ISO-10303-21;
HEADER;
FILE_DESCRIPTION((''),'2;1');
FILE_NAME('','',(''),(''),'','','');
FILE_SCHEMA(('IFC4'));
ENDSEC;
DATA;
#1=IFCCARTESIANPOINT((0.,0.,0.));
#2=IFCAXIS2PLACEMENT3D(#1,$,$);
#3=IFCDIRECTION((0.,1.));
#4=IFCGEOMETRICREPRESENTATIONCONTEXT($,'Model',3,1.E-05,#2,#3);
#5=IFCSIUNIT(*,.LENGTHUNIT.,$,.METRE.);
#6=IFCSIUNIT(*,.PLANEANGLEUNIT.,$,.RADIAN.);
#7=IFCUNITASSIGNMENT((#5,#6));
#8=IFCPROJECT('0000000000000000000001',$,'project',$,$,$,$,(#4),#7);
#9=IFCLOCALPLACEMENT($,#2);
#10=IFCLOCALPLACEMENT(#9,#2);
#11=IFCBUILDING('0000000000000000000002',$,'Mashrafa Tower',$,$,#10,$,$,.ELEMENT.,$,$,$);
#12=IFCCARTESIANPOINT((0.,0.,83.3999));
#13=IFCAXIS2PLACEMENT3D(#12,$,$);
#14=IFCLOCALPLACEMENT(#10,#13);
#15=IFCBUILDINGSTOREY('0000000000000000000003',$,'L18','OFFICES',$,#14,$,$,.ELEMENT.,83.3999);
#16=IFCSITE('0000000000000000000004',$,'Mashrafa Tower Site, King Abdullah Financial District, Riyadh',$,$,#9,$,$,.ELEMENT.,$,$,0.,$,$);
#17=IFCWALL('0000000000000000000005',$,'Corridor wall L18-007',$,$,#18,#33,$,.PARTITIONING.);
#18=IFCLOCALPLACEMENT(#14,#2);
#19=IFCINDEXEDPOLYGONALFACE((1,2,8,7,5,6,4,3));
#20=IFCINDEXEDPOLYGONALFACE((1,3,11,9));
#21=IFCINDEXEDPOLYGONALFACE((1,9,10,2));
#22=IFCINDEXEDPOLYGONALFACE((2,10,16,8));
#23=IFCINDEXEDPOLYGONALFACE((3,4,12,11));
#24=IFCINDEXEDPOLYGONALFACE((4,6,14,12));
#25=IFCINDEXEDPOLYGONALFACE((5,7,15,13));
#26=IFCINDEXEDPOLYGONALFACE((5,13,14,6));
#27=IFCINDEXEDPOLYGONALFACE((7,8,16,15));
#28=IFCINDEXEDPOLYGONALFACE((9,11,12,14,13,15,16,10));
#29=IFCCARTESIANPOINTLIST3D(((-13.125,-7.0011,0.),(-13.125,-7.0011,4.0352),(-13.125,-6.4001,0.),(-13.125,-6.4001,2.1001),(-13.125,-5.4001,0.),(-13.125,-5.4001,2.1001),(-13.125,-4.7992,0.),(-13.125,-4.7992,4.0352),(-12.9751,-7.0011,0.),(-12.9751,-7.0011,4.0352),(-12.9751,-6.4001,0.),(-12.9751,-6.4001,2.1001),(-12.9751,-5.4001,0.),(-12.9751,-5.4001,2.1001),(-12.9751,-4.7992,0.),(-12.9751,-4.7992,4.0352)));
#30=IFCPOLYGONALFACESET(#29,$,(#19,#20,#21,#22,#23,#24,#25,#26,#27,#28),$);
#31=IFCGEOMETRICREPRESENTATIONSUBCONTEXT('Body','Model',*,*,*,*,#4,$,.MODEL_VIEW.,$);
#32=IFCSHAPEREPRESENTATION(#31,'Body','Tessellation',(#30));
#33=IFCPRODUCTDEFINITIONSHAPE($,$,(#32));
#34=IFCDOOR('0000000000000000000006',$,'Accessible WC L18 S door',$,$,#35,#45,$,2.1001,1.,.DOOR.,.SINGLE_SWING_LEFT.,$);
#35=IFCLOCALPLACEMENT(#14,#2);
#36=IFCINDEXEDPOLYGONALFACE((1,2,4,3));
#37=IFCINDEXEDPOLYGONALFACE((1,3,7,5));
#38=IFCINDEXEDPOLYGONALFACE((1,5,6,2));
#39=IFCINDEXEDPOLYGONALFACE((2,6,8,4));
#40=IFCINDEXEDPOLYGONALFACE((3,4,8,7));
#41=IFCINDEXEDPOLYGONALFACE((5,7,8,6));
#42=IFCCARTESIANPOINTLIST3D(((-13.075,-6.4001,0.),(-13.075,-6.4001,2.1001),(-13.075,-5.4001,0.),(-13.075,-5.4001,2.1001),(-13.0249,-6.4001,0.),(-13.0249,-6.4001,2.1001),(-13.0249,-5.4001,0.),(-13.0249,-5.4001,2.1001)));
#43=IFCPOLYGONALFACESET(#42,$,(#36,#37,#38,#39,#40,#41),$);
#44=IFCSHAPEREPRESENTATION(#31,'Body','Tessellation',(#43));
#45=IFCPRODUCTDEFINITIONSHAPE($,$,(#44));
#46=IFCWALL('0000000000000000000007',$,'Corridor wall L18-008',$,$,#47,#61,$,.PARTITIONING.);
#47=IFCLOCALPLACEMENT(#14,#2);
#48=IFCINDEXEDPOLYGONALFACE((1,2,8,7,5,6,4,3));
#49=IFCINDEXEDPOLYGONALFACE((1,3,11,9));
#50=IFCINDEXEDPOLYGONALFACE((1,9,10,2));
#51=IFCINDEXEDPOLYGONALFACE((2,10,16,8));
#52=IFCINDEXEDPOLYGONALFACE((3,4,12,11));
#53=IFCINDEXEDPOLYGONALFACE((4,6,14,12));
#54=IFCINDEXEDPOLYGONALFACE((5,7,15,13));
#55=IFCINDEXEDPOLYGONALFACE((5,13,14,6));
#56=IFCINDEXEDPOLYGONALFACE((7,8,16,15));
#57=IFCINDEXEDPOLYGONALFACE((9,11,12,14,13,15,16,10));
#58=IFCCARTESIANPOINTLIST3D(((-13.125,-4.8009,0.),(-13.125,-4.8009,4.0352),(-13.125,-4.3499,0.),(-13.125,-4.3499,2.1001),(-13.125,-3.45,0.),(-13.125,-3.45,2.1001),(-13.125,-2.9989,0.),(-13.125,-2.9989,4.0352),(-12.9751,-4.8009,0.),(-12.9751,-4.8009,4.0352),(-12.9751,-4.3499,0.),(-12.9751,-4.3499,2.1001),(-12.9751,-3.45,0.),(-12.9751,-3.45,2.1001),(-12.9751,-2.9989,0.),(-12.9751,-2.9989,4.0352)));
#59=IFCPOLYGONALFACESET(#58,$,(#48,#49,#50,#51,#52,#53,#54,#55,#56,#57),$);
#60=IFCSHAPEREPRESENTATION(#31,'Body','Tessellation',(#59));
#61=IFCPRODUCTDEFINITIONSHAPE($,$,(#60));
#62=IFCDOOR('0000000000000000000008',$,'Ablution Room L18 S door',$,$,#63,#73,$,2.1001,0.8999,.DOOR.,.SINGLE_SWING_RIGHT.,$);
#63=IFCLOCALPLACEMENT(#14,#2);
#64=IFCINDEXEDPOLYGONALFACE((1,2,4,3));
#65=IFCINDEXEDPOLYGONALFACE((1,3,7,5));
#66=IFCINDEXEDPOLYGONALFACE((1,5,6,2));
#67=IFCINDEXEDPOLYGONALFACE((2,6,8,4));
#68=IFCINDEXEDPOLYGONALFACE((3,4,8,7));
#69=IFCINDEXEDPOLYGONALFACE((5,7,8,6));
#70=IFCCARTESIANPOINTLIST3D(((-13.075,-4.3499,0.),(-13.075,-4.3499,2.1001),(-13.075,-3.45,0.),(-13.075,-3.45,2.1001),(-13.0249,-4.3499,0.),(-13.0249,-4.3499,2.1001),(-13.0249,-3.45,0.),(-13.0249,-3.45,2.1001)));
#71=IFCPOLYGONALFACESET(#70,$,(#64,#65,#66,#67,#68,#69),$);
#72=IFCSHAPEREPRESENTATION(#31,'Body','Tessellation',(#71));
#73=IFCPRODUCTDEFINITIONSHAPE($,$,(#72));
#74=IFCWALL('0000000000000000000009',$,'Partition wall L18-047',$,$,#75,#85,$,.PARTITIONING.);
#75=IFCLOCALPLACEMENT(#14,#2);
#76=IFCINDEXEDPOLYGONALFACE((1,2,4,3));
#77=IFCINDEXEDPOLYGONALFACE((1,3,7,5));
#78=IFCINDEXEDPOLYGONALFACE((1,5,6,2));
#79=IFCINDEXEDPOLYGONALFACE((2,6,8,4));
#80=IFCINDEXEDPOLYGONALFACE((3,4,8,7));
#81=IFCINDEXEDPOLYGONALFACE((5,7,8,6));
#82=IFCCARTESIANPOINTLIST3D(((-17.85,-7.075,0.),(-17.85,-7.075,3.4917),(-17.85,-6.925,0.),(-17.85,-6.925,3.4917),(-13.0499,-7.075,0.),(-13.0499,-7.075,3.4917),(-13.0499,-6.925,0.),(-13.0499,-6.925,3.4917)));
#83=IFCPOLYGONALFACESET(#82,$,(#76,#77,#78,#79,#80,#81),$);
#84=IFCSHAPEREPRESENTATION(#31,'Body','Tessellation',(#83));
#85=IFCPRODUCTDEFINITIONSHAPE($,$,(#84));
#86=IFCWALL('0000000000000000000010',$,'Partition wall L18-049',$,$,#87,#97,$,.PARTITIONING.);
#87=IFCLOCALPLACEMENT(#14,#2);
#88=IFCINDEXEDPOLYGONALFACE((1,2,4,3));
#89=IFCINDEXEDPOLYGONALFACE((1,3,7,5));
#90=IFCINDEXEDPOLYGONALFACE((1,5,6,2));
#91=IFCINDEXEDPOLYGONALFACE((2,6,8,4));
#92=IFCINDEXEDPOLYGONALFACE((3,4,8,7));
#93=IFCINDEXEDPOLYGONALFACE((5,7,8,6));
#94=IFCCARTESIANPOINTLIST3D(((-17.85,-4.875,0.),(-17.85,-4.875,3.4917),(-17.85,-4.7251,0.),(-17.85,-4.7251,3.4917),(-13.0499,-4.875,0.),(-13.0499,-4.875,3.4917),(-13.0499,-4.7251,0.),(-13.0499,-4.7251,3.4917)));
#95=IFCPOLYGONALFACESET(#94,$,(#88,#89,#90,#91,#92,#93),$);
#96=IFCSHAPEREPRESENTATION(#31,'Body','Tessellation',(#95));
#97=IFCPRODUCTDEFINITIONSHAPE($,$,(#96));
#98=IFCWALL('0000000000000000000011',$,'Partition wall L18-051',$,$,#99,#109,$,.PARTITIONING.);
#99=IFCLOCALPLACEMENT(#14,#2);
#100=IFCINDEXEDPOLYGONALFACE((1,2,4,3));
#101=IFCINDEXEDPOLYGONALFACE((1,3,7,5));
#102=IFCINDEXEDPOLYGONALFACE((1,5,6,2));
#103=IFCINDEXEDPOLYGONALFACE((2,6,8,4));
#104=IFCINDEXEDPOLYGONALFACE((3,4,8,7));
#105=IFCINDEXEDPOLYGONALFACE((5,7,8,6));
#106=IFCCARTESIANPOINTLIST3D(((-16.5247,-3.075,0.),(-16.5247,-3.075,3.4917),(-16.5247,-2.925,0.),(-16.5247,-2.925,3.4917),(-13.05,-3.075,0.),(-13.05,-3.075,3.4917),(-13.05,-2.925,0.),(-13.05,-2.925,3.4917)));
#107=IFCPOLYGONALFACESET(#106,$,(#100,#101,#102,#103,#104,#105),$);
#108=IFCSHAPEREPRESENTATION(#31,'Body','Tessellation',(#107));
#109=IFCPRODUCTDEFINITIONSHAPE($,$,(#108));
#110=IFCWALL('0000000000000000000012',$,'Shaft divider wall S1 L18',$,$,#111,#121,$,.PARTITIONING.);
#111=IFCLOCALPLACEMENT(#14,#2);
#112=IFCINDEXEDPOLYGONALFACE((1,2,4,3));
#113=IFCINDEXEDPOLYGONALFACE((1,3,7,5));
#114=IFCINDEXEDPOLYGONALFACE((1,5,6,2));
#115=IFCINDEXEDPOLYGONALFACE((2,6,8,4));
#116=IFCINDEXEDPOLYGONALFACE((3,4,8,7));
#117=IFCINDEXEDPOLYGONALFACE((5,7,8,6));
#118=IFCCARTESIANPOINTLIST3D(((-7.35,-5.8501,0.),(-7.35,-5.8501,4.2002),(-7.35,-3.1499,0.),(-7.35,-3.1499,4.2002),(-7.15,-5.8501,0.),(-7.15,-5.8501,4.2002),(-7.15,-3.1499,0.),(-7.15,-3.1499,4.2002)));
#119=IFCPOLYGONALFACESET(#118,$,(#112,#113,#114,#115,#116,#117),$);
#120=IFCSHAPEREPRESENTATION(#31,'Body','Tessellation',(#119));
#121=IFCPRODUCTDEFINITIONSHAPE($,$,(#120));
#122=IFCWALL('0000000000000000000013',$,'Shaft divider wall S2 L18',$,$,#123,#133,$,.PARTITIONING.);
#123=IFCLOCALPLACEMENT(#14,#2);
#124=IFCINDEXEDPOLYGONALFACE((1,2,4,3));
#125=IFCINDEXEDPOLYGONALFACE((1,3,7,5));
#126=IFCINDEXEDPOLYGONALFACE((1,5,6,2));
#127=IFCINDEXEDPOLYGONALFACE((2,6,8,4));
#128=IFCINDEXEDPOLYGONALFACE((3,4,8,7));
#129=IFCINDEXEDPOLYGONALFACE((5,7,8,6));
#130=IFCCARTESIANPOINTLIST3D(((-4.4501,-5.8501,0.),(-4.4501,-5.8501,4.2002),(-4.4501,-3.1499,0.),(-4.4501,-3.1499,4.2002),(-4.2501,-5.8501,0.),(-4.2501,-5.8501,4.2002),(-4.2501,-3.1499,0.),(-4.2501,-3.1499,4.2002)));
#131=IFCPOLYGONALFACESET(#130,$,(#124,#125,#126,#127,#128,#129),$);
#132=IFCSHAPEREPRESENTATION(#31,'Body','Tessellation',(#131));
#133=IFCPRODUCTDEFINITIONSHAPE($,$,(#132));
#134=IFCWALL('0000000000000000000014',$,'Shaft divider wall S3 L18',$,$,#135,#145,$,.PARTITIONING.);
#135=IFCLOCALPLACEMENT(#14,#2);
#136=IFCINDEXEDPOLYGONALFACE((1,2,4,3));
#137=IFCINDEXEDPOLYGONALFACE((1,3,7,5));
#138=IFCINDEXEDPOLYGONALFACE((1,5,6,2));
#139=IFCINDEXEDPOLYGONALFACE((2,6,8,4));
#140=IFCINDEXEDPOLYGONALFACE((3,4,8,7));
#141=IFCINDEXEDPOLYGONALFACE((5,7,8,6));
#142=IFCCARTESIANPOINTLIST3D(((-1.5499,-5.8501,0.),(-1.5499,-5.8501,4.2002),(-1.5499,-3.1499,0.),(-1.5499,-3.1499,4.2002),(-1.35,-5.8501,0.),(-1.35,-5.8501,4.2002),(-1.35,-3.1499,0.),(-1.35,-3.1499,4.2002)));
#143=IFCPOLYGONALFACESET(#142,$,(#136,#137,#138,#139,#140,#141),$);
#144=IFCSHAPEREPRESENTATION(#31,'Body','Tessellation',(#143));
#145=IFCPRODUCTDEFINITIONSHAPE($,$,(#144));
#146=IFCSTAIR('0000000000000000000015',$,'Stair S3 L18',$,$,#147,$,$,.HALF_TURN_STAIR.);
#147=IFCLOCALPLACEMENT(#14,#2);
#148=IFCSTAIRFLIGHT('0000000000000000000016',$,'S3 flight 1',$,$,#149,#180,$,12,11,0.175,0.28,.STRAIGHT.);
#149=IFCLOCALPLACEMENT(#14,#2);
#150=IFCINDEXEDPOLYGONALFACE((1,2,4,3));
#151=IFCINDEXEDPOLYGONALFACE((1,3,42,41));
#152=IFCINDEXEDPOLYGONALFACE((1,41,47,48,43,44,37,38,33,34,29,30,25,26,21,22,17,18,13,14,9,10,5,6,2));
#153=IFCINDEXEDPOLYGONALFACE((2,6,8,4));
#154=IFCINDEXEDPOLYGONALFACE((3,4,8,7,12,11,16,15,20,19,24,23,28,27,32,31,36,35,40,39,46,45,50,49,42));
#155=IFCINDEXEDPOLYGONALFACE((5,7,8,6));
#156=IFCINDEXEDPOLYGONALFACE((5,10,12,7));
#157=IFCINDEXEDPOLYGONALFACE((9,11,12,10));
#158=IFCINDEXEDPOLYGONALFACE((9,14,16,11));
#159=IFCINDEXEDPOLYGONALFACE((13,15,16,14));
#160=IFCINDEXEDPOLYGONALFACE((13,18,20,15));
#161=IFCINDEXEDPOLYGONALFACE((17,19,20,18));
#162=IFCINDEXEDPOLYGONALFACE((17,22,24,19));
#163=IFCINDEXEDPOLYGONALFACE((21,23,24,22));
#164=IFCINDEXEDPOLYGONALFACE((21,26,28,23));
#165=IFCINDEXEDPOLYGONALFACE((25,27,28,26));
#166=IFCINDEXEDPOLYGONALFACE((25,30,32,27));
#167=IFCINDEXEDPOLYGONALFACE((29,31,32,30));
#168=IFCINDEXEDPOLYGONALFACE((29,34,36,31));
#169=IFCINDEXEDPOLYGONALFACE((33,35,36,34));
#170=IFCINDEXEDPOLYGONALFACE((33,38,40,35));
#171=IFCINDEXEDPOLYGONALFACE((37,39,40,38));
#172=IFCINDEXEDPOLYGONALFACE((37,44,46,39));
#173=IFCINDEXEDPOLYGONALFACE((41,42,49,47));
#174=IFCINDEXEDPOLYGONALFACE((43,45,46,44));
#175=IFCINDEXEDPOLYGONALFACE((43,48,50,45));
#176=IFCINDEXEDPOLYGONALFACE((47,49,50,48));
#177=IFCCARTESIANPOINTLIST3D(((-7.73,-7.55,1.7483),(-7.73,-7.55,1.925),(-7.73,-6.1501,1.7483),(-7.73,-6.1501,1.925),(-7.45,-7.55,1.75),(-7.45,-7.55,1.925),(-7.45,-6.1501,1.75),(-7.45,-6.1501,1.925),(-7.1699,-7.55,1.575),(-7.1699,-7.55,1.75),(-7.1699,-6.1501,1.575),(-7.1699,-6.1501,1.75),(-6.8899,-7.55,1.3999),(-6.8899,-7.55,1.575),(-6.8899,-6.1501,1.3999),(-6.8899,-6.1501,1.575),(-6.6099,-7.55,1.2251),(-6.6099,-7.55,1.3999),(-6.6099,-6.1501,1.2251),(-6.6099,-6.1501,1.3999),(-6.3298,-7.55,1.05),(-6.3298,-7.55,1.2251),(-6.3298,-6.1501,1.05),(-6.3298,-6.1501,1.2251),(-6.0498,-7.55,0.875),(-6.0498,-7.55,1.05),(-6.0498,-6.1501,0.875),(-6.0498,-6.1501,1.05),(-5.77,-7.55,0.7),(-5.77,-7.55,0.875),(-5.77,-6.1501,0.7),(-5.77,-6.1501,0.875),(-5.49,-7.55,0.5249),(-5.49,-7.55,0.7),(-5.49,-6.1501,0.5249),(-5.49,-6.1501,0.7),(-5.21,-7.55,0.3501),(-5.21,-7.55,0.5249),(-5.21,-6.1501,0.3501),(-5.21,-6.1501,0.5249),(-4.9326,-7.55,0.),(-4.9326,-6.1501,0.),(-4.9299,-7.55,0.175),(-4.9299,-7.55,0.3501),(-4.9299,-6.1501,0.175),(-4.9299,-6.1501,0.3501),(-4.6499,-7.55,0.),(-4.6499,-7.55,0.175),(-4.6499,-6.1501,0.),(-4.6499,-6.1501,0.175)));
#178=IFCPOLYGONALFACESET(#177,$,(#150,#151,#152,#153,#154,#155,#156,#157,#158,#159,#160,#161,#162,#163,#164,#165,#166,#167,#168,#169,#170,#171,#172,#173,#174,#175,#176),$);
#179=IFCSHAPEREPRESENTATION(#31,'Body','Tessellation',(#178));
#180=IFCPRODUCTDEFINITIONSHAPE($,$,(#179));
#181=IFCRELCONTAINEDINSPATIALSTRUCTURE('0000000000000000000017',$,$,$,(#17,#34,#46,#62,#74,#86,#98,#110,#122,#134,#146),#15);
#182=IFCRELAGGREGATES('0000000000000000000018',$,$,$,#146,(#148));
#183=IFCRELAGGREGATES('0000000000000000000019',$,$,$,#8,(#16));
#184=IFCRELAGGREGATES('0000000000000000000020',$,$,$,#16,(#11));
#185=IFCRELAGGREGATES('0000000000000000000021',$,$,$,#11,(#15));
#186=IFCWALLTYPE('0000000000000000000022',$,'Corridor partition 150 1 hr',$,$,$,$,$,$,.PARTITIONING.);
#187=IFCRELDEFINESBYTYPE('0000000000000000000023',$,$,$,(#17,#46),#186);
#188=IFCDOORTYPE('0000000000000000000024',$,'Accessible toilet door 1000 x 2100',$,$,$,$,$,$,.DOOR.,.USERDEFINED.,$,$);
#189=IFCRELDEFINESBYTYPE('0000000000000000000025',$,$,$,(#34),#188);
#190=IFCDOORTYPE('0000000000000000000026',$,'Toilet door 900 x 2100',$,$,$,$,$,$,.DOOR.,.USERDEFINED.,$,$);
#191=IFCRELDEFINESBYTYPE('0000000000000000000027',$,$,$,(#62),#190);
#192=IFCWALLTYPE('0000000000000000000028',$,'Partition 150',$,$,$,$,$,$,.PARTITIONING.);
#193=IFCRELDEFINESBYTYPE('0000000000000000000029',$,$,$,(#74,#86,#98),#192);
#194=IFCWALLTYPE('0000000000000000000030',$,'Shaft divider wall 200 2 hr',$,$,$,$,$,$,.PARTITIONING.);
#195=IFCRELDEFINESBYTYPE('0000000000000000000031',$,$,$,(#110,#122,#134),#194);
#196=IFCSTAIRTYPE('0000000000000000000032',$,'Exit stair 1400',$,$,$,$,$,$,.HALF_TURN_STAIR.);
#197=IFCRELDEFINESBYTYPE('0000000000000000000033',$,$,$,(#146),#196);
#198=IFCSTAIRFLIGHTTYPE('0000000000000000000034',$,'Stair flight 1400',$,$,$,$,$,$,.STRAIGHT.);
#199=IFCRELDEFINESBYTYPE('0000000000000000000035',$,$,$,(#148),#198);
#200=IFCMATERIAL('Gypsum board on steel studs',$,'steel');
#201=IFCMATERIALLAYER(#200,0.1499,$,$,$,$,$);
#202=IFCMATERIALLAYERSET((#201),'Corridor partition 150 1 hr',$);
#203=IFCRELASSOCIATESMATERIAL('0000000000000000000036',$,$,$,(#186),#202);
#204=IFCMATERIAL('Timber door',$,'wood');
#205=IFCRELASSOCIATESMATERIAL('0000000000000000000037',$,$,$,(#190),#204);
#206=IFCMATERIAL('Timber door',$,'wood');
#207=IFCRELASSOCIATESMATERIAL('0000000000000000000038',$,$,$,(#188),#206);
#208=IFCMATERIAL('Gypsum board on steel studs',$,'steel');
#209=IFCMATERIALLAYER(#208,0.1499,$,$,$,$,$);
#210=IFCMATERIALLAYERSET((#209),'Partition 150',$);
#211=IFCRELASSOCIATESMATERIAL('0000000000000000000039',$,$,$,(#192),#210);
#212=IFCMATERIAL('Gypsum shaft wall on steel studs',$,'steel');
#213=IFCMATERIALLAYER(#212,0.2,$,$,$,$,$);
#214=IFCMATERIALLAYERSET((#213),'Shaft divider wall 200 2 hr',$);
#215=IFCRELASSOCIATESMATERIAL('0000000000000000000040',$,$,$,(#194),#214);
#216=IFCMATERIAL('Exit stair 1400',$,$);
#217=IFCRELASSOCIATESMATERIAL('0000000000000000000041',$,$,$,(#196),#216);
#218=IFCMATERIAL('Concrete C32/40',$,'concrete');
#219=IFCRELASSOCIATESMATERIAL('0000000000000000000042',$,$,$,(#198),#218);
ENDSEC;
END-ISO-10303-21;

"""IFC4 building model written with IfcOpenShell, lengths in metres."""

from ifc_helpers import new_model, si_unit, direction, frame, frame_2d, origin, place, context, subcontext, project, spatial, polyline, rectangle, outline, extrude, material, layer, layer_set, type_object, element, fill, aggregate, save


model = new_model("IFC4")

# Units and contexts
model_context = context("Model", 3, precision=1e-05, world=origin(), true_north=direction((0.0, 1.0)))
body_context = subcontext(model_context, "Body", "Model", "MODEL_VIEW")
ifc_project = project(units=[si_unit("LENGTHUNIT", "METRE"), si_unit("PLANEANGLEUNIT", "RADIAN")], contexts=[model_context])

# Site, building, storey
site_placement = place(None, origin())
site = spatial("IfcSite", under=ifc_project, at=site_placement, Name="Mashrafa Tower Site, King Abdullah Financial District, Riyadh", CompositionType="ELEMENT", RefElevation=0.0)
building_placement = place(site_placement, origin())
building = spatial("IfcBuilding", under=site, at=building_placement, Name="Mashrafa Tower", CompositionType="ELEMENT")
storey_placement = place(building_placement, frame((0.0, 0.0, 83.3999)))
storey = spatial("IfcBuildingStorey", under=building, at=storey_placement, Name="L18", Description="OFFICES", CompositionType="ELEMENT", Elevation=83.3999)

# Walls, openings, doors
ifc_material_1 = material(Name="Gypsum board on steel studs", Category="steel")
ifc_layer_1 = layer(ifc_material_1, 0.1499)
ifc_layer_set_1 = layer_set([ifc_layer_1], Name="Corridor partition 150 1 hr")
wall_type_1 = type_object("IfcWallType", Name="Corridor partition 150 1 hr", PredefinedType="PARTITIONING", material=ifc_layer_set_1)
ifc_material_2 = material(Name="Timber door", Category="wood")
door_type_1 = type_object("IfcDoorType", Name="Toilet door 900 x 2100", OperationType="USERDEFINED", PredefinedType="DOOR", material=ifc_material_2)
wall_1_placement = place(storey_placement, frame((-13.05, -4.7991, 0.0), z_axis=(0.0, 0.0, 1.0), x_axis=(0.0, -1.0, 0.0)))
wall_1 = element("IfcWall", 1, at=wall_1_placement, inside=storey, type_object=wall_type_1, Name="Corridor wall L18-007", PredefinedType="PARTITIONING", context=body_context, shape_type="SweptSolid", body=[
    extrude(rectangle(XDim=2.2019, YDim=0.1499, at=frame_2d((1.1011, 0.0))), origin(), (0.0, 0.0, 1.0), 4.0352),
])
opening_1_placement = place(wall_1_placement, frame((0.6011, 0.0, 0.0)))
opening_1 = element("IfcOpeningElement", 2, at=opening_1_placement, cuts=wall_1, PredefinedType="OPENING", context=body_context, shape_type="SweptSolid", body=[
    extrude(rectangle(XDim=1.0, YDim=2.1001, at=frame_2d((0.5, 1.05))), frame((0.0, 0.085, 0.0), z_axis=(0.0, -1.0, 0.0), x_axis=(1.0, 0.0, 0.0)), (0.0, 0.0, 1.0), 0.1699),
])
ifc_material_3 = material(Name="Timber door", Category="wood")
door_type_2 = type_object("IfcDoorType", Name="Accessible toilet door 1000 x 2100", OperationType="USERDEFINED", PredefinedType="DOOR", material=ifc_material_3)
door_1_placement = place(opening_1_placement, frame((1.0, 0.0, 0.0), z_axis=(0.0, 0.0, 1.0), x_axis=(-1.0, 0.0, 0.0)))
door_1 = element("IfcDoor", 3, at=door_1_placement, inside=storey, type_object=door_type_2, Name="Accessible WC L18 S door", OperationType="SINGLE_SWING_LEFT", OverallHeight=2.1001, OverallWidth=1.0, PredefinedType="DOOR", context=body_context, shape_type="SweptSolid", body=[
    extrude(rectangle(XDim=1.0, YDim=2.1001, at=frame_2d((0.5, 1.05))), frame((0.0, 0.0249, 0.0), z_axis=(0.0, -1.0, 0.0), x_axis=(1.0, 0.0, 0.0)), (0.0, 0.0, 1.0), 0.05),
])
fill(opening_1, door_1)
wall_2_placement = place(storey_placement, frame((-13.05, -2.999, 0.0), z_axis=(0.0, 0.0, 1.0), x_axis=(0.0, -1.0, 0.0)))
wall_2 = element("IfcWall", 4, at=wall_2_placement, inside=storey, type_object=wall_type_1, Name="Corridor wall L18-008", PredefinedType="PARTITIONING", context=body_context, shape_type="SweptSolid", body=[
    extrude(rectangle(XDim=1.802, YDim=0.1499, at=frame_2d((0.9009, 0.0))), origin(), (0.0, 0.0, 1.0), 4.0352),
])
opening_2_placement = place(wall_2_placement, frame((0.4509, 0.0, 0.0)))
opening_2 = element("IfcOpeningElement", 5, at=opening_2_placement, cuts=wall_2, PredefinedType="OPENING", context=body_context, shape_type="SweptSolid", body=[
    extrude(rectangle(XDim=0.8999, YDim=2.1001, at=frame_2d((0.45, 1.05))), frame((0.0, 0.085, 0.0), z_axis=(0.0, -1.0, 0.0), x_axis=(1.0, 0.0, 0.0)), (0.0, 0.0, 1.0), 0.1699),
])
door_2_placement = place(opening_2_placement, frame((0.8999, 0.0, 0.0), z_axis=(0.0, 0.0, 1.0), x_axis=(-1.0, 0.0, 0.0)))
door_2 = element("IfcDoor", 6, at=door_2_placement, inside=storey, type_object=door_type_1, Name="Ablution Room L18 S door", OperationType="SINGLE_SWING_RIGHT", OverallHeight=2.1001, OverallWidth=0.8999, PredefinedType="DOOR", context=body_context, shape_type="SweptSolid", body=[
    extrude(rectangle(XDim=0.8999, YDim=2.1001, at=frame_2d((0.45, 1.05))), frame((0.0, 0.0249, 0.0), z_axis=(0.0, -1.0, 0.0), x_axis=(1.0, 0.0, 0.0)), (0.0, 0.0, 1.0), 0.05),
])
fill(opening_2, door_2)

# Walls
ifc_material_4 = material(Name="Gypsum board on steel studs", Category="steel")
ifc_layer_2 = layer(ifc_material_4, 0.1499)
ifc_layer_set_2 = layer_set([ifc_layer_2], Name="Partition 150")
wall_type_2 = type_object("IfcWallType", Name="Partition 150", PredefinedType="PARTITIONING", material=ifc_layer_set_2)
for number, where, z_axis, x_axis, name in (
    (7, (-13.05, -7.0, 0.0), (0.0, 0.0, 1.0), (-1.0, 0.0, 0.0), "Partition wall L18-047"),
    (8, (-13.05, -4.8, 0.0), (0.0, 0.0, 1.0), (-1.0, 0.0, 0.0), "Partition wall L18-049"),
):
    element("IfcWall", number, at=place(storey_placement, frame(where, z_axis=z_axis, x_axis=x_axis)), inside=storey, type_object=wall_type_2, Name=name, PredefinedType="PARTITIONING", context=body_context, shape_type="SweptSolid", body=[
        extrude(rectangle(XDim=4.8, YDim=0.1499, at=frame_2d((2.3999, 0.0))), origin(), (0.0, 0.0, 1.0), 3.4917),
    ])
wall_3_placement = place(storey_placement, frame((-13.05, -3.0, 0.0), z_axis=(0.0, 0.0, 1.0), x_axis=(-1.0, 0.0, 0.0)))
element("IfcWall", 9, at=wall_3_placement, inside=storey, type_object=wall_type_2, Name="Partition wall L18-051", PredefinedType="PARTITIONING", context=body_context, shape_type="SweptSolid", body=[
    extrude(rectangle(XDim=3.4746, YDim=0.1499, at=frame_2d((1.7373, 0.0))), origin(), (0.0, 0.0, 1.0), 3.4917),
])
ifc_material_5 = material(Name="Gypsum shaft wall on steel studs", Category="steel")
ifc_layer_3 = layer(ifc_material_5, 0.2)
ifc_layer_set_3 = layer_set([ifc_layer_3], Name="Shaft divider wall 200 2 hr")
wall_type_3 = type_object("IfcWallType", Name="Shaft divider wall 200 2 hr", PredefinedType="PARTITIONING", material=ifc_layer_set_3)
for number, where, z_axis, x_axis, name in (
    (10, (-7.25, -5.8501, 0.0), (0.0, 0.0, 1.0), (0.0, 1.0, 0.0), "Shaft divider wall S1 L18"),
    (11, (-4.3501, -5.8501, 0.0), (0.0, 0.0, 1.0), (0.0, 1.0, 0.0), "Shaft divider wall S2 L18"),
    (12, (-1.45, -5.8501, 0.0), (0.0, 0.0, 1.0), (0.0, 1.0, 0.0), "Shaft divider wall S3 L18"),
):
    element("IfcWall", number, at=place(storey_placement, frame(where, z_axis=z_axis, x_axis=x_axis)), inside=storey, type_object=wall_type_3, Name=name, PredefinedType="PARTITIONING", context=body_context, shape_type="SweptSolid", body=[
        extrude(rectangle(XDim=2.7002, YDim=0.2, at=frame_2d((1.3501, 0.0))), origin(), (0.0, 0.0, 1.0), 4.2002),
    ])

# Stair, stair flight
ifc_material_6 = material(Name="Exit stair 1400")
stair_type = type_object("IfcStairType", Name="Exit stair 1400", PredefinedType="HALF_TURN_STAIR", material=ifc_material_6)
stair_placement = place(storey_placement, origin())
stair = element("IfcStair", 13, at=stair_placement, inside=storey, type_object=stair_type, Name="Stair S3 L18", PredefinedType="HALF_TURN_STAIR")
ifc_material_7 = material(Name="Concrete C32/40", Category="concrete")
stair_flight_type = type_object("IfcStairFlightType", Name="Stair flight 1400", PredefinedType="STRAIGHT", material=ifc_material_7)
stair_flight_placement = place(storey_placement, frame((-4.6499, -6.8501, 0.0), z_axis=(0.0, 0.0, 1.0), x_axis=(-1.0, 0.0, 0.0)))
stair_flight = element("IfcStairFlight", 14, at=stair_flight_placement, type_object=stair_flight_type, Name="S3 flight 1", NumberOfRisers=12, NumberOfTreads=11, PredefinedType="STRAIGHT", RiserHeight=0.175, TreadLength=0.28, context=body_context, shape_type="SweptSolid", body=[
    extrude(outline(polyline([(0.0, 0.0), (0.0, 0.175), (0.28, 0.175), (0.28, 0.3501), (0.5601, 0.3501), (0.5601, 0.5249), (0.8401, 0.5249), (0.8401, 0.7), (1.1201, 0.7), (1.1201, 0.875), (1.3999, 0.875), (1.3999, 1.05), (1.6799, 1.05), (1.6799, 1.2251), (1.96, 1.2251), (1.96, 1.3999), (2.24, 1.3999), (2.24, 1.575), (2.52, 1.575), (2.52, 1.75), (2.8, 1.75), (2.8, 1.925), (3.0801, 1.925), (3.0801, 2.1001), (3.0801, 1.7483), (0.2827, 0.0), (0.0, 0.0)])), frame((0.0, 0.7, 0.0), z_axis=(0.0, -1.0, 0.0), x_axis=(1.0, 0.0, 0.0)), (0.0, 0.0, 1.0), 1.3999),
])
aggregate(stair, [stair_flight])

save(model, "model.ifc")
